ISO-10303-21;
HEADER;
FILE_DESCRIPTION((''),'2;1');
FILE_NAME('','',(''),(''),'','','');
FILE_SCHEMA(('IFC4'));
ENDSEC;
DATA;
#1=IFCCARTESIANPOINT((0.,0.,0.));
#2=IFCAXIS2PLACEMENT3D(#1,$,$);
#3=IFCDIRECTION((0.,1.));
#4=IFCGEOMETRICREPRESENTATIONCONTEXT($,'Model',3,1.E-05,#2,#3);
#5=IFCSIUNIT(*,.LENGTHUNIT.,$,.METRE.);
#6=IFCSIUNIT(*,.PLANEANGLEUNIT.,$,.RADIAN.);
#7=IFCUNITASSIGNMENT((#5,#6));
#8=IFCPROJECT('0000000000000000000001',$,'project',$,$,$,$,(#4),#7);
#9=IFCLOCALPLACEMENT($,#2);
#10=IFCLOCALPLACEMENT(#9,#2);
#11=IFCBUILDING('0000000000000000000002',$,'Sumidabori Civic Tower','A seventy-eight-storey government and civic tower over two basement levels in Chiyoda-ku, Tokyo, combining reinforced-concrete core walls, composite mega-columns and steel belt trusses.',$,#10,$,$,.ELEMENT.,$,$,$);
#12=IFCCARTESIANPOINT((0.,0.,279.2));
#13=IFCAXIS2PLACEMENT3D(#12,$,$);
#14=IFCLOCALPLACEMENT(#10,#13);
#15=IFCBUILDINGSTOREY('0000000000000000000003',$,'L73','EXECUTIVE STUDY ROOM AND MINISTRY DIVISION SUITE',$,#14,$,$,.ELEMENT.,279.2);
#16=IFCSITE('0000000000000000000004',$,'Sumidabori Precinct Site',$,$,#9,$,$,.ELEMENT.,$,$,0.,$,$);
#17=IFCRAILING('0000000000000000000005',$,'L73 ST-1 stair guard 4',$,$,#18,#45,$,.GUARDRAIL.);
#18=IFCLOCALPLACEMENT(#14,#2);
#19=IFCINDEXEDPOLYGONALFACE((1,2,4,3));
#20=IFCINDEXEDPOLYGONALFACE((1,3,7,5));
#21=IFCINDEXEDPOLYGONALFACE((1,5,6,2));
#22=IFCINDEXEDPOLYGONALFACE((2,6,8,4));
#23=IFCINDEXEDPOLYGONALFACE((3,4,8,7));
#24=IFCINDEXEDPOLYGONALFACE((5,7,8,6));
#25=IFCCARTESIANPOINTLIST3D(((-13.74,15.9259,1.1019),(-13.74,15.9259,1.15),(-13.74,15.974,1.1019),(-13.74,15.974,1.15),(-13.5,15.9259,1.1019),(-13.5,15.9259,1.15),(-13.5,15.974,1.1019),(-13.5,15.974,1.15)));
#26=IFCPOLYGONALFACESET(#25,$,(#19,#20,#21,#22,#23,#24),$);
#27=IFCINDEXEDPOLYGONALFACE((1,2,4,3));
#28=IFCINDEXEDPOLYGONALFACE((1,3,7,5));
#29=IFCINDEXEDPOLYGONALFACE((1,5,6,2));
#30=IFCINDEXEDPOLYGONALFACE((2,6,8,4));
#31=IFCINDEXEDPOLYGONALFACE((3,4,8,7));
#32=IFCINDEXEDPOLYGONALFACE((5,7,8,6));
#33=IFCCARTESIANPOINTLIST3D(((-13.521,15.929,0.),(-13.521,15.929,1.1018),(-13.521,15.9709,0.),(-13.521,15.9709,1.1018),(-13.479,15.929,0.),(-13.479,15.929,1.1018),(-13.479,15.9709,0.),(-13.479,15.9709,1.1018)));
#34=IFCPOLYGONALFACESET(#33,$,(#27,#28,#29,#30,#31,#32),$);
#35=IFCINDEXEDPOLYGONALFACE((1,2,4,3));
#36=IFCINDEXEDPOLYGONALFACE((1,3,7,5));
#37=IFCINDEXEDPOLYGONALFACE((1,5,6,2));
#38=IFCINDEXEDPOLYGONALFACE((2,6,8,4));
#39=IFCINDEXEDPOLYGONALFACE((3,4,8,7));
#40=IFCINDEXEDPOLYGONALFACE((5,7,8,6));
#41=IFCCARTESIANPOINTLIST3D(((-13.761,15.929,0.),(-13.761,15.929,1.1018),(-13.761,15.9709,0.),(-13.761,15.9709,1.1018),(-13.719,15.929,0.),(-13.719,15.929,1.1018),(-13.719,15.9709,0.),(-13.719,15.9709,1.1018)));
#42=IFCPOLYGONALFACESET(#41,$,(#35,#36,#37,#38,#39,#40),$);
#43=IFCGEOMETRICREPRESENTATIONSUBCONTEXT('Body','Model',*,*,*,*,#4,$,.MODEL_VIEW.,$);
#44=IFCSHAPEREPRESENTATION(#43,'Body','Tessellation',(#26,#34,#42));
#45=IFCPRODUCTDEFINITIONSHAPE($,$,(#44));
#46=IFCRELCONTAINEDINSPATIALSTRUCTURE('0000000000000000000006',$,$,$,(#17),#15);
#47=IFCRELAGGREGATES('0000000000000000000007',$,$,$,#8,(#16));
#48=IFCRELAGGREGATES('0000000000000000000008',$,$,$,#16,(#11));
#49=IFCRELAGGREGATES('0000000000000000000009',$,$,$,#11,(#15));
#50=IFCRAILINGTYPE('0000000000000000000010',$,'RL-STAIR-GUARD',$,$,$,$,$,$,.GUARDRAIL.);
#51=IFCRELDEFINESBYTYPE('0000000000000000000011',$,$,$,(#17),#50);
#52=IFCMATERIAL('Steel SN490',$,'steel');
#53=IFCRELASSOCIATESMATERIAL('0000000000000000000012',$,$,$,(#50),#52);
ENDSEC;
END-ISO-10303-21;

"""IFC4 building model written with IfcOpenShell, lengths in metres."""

from ifc_helpers import new_model, si_unit, direction, frame, origin, origin_2d, place, context, subcontext, project, spatial, rectangle, extrude, material, type_object, element, save


model = new_model("IFC4")

# Units and contexts
model_context = context("Model", 3, precision=1e-05, world=origin(), true_north=direction((0.0, 1.0)))
body_context = subcontext(model_context, "Body", "Model", "MODEL_VIEW")
ifc_project = project(units=[si_unit("LENGTHUNIT", "METRE"), si_unit("PLANEANGLEUNIT", "RADIAN")], contexts=[model_context])

# Site, building, storey
site_placement = place(None, origin())
site = spatial("IfcSite", under=ifc_project, at=site_placement, Name="Sumidabori Precinct Site", CompositionType="ELEMENT", RefElevation=0.0)
building_placement = place(site_placement, origin())
building = spatial("IfcBuilding", under=site, at=building_placement, Name="Sumidabori Civic Tower", Description="A seventy-eight-storey government and civic tower over two basement levels in Chiyoda-ku, Tokyo, combining reinforced-concrete core walls, composite mega-columns and steel belt trusses.", CompositionType="ELEMENT")
storey_placement = place(building_placement, frame((0.0, 0.0, 279.2)))
storey = spatial("IfcBuildingStorey", under=building, at=storey_placement, Name="L73", Description="EXECUTIVE STUDY ROOM AND MINISTRY DIVISION SUITE", CompositionType="ELEMENT", Elevation=279.2)

# Shared definitions
ifc_material_1 = material(Name="Steel SN490", Category="steel")

# Railing
railing_type_1 = type_object("IfcRailingType", Name="RL-STAIR-GUARD", PredefinedType="GUARDRAIL", material=ifc_material_1)
railing_1_placement = place(storey_placement, frame((-13.5, 15.95, 0.0)))
element("IfcRailing", 1, at=railing_1_placement, inside=storey, type_object=railing_type_1, Name="L73 ST-1 stair guard 4", PredefinedType="GUARDRAIL", context=body_context, shape_type="SweptSolid", body=[
    extrude(rectangle(XDim=0.0481, YDim=0.0481, at=origin_2d()), frame((0.0, 0.0, 1.126), z_axis=(-1.0, 0.0, 0.0), x_axis=(0.0, -1.0, 0.0)), (0.0, 0.0, 1.0), 0.24),
    extrude(rectangle(XDim=0.042, YDim=0.042, at=origin_2d()), origin(), (0.0, 0.0, 1.0), 1.1018),
    extrude(rectangle(XDim=0.042, YDim=0.042, at=origin_2d()), frame((-0.24, 0.0, 0.0)), (0.0, 0.0, 1.0), 1.1018),
])

save(model, "model.ifc")
